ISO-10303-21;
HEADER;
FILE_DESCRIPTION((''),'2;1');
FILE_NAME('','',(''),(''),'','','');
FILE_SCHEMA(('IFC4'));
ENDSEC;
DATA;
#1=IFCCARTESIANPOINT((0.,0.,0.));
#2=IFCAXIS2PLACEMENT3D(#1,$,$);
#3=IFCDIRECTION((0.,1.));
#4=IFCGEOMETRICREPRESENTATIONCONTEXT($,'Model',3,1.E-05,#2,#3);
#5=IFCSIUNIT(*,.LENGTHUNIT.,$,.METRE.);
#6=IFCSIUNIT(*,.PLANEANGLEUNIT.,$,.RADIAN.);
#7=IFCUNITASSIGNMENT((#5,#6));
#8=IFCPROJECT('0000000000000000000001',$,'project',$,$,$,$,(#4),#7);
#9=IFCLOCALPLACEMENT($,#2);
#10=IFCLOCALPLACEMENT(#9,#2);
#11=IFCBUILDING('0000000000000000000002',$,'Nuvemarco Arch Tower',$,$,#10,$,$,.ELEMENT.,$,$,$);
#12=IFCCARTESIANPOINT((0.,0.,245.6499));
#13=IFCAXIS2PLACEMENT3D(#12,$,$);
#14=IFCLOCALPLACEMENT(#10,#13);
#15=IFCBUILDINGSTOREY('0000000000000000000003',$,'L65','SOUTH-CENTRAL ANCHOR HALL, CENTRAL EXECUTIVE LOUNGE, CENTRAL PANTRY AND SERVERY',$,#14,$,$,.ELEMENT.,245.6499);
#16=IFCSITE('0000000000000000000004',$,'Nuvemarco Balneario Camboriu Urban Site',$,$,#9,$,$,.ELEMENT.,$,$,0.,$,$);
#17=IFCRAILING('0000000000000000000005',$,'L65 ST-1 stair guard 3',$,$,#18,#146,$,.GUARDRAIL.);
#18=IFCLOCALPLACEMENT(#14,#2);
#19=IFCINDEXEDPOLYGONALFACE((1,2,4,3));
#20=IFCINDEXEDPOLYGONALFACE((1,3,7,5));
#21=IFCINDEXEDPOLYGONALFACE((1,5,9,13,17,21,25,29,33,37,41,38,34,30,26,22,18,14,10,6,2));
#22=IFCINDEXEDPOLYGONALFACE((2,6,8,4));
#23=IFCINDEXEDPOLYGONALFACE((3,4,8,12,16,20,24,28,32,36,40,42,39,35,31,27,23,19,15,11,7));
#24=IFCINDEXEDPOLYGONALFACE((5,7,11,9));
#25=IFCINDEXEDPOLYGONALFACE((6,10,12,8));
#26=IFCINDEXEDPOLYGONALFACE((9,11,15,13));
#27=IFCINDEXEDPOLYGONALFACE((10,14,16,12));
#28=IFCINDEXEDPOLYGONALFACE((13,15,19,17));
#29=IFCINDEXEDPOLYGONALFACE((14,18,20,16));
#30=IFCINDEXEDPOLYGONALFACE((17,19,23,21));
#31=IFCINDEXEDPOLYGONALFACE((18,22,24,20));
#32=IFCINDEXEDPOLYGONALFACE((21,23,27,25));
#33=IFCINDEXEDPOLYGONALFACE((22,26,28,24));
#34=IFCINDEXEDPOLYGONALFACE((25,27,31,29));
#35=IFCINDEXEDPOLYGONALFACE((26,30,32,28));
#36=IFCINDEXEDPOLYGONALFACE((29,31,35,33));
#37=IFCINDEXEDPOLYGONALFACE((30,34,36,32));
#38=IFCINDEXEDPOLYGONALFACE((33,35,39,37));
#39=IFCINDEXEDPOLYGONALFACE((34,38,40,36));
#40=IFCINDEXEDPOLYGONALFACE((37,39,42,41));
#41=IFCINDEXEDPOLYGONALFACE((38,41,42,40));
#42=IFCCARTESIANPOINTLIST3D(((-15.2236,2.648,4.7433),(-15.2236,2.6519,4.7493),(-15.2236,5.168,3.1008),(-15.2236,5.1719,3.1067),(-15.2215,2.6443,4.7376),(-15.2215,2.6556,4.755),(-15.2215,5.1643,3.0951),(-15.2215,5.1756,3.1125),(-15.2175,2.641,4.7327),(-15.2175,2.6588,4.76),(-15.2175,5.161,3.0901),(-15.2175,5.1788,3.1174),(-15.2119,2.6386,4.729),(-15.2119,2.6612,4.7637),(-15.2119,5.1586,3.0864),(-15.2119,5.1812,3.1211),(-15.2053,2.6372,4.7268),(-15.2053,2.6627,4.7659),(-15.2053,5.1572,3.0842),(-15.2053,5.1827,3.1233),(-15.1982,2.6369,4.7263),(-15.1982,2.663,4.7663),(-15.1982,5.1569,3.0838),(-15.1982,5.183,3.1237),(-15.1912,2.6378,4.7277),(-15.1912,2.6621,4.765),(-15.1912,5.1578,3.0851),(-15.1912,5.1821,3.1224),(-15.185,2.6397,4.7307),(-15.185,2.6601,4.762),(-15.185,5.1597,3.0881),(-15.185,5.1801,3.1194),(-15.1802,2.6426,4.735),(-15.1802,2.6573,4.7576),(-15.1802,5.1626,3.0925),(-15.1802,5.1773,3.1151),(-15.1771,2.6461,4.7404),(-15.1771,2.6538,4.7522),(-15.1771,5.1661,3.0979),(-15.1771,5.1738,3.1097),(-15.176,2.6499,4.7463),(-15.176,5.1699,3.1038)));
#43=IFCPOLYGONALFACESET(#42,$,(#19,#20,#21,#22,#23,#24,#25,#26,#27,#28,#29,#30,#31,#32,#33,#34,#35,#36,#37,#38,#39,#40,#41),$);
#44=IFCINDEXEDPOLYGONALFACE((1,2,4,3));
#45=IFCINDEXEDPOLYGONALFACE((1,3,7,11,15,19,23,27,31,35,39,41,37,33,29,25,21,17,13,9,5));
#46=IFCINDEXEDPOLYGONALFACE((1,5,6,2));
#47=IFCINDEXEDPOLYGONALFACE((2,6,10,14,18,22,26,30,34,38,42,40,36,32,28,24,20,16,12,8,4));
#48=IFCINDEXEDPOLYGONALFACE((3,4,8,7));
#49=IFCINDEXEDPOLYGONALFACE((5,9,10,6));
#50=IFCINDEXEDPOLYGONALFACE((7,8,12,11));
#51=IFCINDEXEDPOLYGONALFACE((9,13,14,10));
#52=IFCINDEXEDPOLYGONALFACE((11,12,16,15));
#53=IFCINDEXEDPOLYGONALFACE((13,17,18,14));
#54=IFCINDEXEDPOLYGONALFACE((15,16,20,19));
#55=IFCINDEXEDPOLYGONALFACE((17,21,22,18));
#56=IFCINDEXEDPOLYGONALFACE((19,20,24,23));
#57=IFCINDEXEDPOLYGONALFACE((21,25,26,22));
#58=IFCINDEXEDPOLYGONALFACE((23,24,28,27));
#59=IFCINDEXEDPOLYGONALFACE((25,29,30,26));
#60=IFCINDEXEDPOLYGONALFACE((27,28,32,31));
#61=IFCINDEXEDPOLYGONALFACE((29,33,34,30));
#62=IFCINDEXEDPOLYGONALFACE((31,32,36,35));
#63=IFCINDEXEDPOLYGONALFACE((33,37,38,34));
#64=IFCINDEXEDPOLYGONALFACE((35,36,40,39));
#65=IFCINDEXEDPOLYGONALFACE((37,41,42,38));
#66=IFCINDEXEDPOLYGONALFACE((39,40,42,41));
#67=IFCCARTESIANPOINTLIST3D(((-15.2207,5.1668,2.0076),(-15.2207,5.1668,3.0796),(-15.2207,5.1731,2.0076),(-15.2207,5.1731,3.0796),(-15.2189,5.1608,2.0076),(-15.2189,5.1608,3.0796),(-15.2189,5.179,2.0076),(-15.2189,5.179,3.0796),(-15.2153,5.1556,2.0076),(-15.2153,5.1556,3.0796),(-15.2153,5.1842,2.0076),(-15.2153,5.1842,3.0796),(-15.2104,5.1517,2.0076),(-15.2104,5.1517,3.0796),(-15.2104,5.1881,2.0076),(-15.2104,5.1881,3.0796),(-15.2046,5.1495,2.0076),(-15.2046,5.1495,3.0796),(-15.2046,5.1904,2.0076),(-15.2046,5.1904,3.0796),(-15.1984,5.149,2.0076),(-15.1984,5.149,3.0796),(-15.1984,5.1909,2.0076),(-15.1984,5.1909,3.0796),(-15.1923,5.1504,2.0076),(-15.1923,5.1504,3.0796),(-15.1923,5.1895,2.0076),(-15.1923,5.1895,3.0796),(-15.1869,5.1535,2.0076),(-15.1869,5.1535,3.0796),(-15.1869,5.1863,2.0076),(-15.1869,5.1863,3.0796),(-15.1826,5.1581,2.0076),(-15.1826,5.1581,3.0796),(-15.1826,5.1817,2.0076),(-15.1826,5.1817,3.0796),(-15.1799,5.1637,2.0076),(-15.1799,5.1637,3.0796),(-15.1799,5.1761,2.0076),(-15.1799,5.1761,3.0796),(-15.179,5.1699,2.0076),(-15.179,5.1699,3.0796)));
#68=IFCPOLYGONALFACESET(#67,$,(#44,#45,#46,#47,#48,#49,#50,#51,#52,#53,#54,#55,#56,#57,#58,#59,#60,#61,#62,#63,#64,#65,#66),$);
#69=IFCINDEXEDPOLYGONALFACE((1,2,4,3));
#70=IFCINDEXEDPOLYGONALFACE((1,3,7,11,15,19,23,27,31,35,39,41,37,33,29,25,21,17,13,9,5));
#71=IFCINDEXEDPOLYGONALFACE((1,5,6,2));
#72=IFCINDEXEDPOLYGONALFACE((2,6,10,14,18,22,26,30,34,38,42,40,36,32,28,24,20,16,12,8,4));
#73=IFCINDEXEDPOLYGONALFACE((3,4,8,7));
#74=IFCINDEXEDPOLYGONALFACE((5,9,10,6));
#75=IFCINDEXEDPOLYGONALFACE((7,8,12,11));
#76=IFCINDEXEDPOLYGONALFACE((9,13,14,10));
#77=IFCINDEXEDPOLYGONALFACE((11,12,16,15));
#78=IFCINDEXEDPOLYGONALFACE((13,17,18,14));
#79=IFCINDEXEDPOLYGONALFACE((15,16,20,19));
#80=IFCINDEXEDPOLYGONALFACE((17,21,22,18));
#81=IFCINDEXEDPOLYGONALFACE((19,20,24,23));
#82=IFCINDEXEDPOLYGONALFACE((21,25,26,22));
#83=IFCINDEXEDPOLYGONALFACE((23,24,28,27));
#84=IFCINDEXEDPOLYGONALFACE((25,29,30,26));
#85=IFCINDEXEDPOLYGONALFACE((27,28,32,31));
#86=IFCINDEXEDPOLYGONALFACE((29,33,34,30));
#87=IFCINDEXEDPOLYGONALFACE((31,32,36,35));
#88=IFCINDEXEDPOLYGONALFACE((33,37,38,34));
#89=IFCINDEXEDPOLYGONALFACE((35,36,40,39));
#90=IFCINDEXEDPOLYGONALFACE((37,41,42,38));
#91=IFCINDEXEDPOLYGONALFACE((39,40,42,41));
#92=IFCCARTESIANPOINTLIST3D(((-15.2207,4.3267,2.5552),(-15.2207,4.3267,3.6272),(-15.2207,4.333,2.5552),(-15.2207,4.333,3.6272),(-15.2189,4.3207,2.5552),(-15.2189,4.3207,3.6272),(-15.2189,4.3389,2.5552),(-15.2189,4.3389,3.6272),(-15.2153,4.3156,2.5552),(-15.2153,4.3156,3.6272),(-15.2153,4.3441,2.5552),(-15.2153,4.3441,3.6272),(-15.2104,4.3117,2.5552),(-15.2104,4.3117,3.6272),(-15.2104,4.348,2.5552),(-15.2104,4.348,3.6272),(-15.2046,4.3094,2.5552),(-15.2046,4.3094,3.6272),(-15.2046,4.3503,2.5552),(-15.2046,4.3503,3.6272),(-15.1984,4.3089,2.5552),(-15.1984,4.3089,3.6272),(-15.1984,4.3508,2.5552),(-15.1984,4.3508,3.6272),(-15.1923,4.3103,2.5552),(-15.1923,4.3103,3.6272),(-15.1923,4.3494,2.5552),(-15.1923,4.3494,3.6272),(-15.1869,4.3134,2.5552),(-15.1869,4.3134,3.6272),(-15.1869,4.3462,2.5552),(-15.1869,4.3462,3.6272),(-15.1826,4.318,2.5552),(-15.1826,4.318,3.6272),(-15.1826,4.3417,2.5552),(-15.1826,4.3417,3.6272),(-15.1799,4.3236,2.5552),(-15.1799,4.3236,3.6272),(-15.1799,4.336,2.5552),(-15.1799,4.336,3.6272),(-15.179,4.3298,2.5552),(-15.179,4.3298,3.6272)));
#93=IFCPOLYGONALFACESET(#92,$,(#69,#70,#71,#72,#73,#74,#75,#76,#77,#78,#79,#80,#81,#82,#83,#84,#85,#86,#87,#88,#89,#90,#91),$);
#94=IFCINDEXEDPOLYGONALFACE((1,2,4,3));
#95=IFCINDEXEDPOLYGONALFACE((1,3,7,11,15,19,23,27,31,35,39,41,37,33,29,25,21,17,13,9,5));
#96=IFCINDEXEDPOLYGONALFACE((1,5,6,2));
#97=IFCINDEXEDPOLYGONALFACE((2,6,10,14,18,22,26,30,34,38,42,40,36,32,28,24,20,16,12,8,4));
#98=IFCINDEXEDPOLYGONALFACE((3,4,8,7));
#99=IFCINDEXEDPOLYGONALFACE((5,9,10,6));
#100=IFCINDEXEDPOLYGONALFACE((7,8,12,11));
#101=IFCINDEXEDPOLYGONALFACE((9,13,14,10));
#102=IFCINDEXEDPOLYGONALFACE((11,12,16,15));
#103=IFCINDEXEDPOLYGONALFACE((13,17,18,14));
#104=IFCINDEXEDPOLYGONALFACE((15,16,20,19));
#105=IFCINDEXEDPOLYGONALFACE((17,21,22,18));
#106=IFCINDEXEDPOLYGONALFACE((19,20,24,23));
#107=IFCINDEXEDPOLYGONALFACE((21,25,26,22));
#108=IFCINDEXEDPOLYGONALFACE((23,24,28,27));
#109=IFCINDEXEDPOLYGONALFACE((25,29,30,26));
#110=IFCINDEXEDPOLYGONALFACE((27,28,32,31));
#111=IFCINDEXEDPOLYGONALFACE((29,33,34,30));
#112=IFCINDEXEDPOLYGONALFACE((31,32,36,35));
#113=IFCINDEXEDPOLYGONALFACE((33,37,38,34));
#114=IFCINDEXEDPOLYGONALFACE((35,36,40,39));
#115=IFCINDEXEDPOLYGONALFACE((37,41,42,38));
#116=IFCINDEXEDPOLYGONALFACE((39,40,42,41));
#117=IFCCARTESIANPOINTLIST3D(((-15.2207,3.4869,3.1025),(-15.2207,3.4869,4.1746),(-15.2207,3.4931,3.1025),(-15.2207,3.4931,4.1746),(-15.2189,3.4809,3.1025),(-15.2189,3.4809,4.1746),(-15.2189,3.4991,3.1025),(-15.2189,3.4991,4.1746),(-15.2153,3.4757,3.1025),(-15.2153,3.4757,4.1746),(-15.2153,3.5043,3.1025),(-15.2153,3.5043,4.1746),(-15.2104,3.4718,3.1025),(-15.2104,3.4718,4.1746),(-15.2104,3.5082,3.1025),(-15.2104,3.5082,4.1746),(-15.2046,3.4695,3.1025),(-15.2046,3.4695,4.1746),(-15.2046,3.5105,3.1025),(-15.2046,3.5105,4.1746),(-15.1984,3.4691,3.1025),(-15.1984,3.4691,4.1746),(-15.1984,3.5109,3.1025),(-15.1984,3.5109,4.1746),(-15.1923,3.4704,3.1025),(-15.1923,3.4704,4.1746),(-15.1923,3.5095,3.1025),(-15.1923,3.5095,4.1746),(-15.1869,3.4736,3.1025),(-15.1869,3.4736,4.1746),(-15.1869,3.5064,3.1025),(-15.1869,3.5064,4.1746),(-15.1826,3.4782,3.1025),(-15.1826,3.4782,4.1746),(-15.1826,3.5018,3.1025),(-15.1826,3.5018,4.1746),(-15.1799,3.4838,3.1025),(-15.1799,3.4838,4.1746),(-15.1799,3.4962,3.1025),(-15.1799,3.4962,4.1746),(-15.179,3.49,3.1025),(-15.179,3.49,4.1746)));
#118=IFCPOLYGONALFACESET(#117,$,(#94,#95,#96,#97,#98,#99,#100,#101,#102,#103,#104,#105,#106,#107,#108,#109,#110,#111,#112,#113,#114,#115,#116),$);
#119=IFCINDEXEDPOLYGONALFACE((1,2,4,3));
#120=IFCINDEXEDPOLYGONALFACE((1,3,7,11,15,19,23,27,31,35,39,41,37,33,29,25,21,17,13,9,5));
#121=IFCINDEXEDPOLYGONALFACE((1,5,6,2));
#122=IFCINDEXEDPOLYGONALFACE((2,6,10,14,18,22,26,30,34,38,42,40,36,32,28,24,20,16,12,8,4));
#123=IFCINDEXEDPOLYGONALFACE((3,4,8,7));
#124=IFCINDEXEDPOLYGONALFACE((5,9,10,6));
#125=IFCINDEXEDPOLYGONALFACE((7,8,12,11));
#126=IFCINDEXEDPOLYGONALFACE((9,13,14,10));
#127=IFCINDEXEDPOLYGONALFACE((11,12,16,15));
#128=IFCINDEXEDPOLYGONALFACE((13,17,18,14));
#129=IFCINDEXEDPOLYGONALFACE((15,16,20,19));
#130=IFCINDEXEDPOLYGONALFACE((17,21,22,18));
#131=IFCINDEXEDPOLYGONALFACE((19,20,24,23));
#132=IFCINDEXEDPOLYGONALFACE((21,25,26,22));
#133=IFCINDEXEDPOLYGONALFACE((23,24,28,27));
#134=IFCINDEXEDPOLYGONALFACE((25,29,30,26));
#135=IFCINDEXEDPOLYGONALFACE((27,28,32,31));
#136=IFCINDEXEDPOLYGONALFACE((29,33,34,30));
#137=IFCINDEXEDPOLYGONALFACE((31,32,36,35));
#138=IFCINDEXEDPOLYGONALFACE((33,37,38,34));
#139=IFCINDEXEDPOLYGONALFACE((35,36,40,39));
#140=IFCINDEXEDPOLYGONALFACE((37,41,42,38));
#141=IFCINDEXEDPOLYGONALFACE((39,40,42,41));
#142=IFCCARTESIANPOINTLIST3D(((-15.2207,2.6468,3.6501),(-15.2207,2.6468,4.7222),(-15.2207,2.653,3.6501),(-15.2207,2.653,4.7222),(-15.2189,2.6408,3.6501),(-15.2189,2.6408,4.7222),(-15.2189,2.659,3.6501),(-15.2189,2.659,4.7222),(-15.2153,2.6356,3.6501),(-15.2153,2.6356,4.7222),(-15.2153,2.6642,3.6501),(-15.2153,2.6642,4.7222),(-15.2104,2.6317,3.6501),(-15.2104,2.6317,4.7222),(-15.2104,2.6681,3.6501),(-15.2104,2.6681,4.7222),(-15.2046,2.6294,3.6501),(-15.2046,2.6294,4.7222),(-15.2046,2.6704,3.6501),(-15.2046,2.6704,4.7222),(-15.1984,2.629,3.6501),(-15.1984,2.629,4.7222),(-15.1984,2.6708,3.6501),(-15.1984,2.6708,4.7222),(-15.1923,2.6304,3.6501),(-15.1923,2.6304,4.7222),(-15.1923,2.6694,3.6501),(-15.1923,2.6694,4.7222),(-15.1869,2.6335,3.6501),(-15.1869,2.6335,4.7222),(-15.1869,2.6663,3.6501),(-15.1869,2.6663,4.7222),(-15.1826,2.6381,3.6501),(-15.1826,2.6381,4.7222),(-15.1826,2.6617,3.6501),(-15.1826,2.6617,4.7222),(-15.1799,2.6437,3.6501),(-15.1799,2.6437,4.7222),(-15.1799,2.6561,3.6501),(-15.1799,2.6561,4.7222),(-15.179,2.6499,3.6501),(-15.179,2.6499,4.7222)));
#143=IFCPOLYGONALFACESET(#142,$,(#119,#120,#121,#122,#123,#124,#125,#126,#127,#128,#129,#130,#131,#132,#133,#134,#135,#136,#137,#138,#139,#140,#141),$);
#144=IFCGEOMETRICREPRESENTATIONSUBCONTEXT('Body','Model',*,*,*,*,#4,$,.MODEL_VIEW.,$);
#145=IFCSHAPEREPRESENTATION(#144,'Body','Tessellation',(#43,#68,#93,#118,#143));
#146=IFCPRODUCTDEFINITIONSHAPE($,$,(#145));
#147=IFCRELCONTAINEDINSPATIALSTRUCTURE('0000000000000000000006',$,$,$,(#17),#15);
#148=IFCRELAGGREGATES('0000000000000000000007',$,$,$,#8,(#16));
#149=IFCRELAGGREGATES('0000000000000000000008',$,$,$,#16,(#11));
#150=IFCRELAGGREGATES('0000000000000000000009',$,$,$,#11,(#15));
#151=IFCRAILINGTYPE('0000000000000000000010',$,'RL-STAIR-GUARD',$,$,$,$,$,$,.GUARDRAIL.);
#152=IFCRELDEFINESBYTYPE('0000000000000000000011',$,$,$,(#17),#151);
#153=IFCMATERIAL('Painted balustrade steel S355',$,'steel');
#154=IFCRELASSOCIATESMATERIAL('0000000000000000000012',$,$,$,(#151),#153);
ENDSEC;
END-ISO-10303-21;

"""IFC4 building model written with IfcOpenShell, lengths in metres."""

from ifc_helpers import new_model, si_unit, direction, frame, origin, origin_2d, place, context, subcontext, project, spatial, circle, extrude, material, type_object, element, save


model = new_model("IFC4")

# Units and contexts
model_context = context("Model", 3, precision=1e-05, world=origin(), true_north=direction((0.0, 1.0)))
body_context = subcontext(model_context, "Body", "Model", "MODEL_VIEW")
ifc_project = project(units=[si_unit("LENGTHUNIT", "METRE"), si_unit("PLANEANGLEUNIT", "RADIAN")], contexts=[model_context])

# Site, building, storey
site_placement = place(None, origin())
site = spatial("IfcSite", under=ifc_project, at=site_placement, Name="Nuvemarco Balneario Camboriu Urban Site", CompositionType="ELEMENT", RefElevation=0.0)
building_placement = place(site_placement, origin())
building = spatial("IfcBuilding", under=site, at=building_placement, Name="Nuvemarco Arch Tower", CompositionType="ELEMENT")
storey_placement = place(building_placement, frame((0.0, 0.0, 245.6499)))
storey = spatial("IfcBuildingStorey", under=building, at=storey_placement, Name="L65", Description="SOUTH-CENTRAL ANCHOR HALL, CENTRAL EXECUTIVE LOUNGE, CENTRAL PANTRY AND SERVERY", CompositionType="ELEMENT", Elevation=245.6499)

# Railing
ifc_material_1 = material(Name="Painted balustrade steel S355", Category="steel")
railing_type_1 = type_object("IfcRailingType", Name="RL-STAIR-GUARD", PredefinedType="GUARDRAIL", material=ifc_material_1)
railing_1_placement = place(storey_placement, frame((-15.2, 5.1699, 2.0076)))
element("IfcRailing", 1, at=railing_1_placement, inside=storey, type_object=railing_type_1, Name="L65 ST-1 stair guard 3", PredefinedType="GUARDRAIL", context=body_context, shape_type="SweptSolid", body=[
    extrude(circle(Radius=0.0239, at=origin_2d()), frame((0.0, 0.0, 1.0962), z_axis=(0.0, -0.837749, 0.546055), x_axis=(1.0, 0.0, 0.0)), (0.0, 0.0, 1.0), 3.0081),
    extrude(circle(Radius=0.021, at=origin_2d()), origin(), (0.0, 0.0, 1.0), 1.072),
    extrude(circle(Radius=0.021, at=origin_2d()), frame((0.0, -0.8401, 0.5476)), (0.0, 0.0, 1.0), 1.072),
    extrude(circle(Radius=0.021, at=origin_2d()), frame((0.0, -1.6799, 1.095)), (0.0, 0.0, 1.0), 1.072),
    extrude(circle(Radius=0.021, at=origin_2d()), frame((0.0, -2.52, 1.6426)), (0.0, 0.0, 1.0), 1.072),
])

save(model, "model.ifc")
